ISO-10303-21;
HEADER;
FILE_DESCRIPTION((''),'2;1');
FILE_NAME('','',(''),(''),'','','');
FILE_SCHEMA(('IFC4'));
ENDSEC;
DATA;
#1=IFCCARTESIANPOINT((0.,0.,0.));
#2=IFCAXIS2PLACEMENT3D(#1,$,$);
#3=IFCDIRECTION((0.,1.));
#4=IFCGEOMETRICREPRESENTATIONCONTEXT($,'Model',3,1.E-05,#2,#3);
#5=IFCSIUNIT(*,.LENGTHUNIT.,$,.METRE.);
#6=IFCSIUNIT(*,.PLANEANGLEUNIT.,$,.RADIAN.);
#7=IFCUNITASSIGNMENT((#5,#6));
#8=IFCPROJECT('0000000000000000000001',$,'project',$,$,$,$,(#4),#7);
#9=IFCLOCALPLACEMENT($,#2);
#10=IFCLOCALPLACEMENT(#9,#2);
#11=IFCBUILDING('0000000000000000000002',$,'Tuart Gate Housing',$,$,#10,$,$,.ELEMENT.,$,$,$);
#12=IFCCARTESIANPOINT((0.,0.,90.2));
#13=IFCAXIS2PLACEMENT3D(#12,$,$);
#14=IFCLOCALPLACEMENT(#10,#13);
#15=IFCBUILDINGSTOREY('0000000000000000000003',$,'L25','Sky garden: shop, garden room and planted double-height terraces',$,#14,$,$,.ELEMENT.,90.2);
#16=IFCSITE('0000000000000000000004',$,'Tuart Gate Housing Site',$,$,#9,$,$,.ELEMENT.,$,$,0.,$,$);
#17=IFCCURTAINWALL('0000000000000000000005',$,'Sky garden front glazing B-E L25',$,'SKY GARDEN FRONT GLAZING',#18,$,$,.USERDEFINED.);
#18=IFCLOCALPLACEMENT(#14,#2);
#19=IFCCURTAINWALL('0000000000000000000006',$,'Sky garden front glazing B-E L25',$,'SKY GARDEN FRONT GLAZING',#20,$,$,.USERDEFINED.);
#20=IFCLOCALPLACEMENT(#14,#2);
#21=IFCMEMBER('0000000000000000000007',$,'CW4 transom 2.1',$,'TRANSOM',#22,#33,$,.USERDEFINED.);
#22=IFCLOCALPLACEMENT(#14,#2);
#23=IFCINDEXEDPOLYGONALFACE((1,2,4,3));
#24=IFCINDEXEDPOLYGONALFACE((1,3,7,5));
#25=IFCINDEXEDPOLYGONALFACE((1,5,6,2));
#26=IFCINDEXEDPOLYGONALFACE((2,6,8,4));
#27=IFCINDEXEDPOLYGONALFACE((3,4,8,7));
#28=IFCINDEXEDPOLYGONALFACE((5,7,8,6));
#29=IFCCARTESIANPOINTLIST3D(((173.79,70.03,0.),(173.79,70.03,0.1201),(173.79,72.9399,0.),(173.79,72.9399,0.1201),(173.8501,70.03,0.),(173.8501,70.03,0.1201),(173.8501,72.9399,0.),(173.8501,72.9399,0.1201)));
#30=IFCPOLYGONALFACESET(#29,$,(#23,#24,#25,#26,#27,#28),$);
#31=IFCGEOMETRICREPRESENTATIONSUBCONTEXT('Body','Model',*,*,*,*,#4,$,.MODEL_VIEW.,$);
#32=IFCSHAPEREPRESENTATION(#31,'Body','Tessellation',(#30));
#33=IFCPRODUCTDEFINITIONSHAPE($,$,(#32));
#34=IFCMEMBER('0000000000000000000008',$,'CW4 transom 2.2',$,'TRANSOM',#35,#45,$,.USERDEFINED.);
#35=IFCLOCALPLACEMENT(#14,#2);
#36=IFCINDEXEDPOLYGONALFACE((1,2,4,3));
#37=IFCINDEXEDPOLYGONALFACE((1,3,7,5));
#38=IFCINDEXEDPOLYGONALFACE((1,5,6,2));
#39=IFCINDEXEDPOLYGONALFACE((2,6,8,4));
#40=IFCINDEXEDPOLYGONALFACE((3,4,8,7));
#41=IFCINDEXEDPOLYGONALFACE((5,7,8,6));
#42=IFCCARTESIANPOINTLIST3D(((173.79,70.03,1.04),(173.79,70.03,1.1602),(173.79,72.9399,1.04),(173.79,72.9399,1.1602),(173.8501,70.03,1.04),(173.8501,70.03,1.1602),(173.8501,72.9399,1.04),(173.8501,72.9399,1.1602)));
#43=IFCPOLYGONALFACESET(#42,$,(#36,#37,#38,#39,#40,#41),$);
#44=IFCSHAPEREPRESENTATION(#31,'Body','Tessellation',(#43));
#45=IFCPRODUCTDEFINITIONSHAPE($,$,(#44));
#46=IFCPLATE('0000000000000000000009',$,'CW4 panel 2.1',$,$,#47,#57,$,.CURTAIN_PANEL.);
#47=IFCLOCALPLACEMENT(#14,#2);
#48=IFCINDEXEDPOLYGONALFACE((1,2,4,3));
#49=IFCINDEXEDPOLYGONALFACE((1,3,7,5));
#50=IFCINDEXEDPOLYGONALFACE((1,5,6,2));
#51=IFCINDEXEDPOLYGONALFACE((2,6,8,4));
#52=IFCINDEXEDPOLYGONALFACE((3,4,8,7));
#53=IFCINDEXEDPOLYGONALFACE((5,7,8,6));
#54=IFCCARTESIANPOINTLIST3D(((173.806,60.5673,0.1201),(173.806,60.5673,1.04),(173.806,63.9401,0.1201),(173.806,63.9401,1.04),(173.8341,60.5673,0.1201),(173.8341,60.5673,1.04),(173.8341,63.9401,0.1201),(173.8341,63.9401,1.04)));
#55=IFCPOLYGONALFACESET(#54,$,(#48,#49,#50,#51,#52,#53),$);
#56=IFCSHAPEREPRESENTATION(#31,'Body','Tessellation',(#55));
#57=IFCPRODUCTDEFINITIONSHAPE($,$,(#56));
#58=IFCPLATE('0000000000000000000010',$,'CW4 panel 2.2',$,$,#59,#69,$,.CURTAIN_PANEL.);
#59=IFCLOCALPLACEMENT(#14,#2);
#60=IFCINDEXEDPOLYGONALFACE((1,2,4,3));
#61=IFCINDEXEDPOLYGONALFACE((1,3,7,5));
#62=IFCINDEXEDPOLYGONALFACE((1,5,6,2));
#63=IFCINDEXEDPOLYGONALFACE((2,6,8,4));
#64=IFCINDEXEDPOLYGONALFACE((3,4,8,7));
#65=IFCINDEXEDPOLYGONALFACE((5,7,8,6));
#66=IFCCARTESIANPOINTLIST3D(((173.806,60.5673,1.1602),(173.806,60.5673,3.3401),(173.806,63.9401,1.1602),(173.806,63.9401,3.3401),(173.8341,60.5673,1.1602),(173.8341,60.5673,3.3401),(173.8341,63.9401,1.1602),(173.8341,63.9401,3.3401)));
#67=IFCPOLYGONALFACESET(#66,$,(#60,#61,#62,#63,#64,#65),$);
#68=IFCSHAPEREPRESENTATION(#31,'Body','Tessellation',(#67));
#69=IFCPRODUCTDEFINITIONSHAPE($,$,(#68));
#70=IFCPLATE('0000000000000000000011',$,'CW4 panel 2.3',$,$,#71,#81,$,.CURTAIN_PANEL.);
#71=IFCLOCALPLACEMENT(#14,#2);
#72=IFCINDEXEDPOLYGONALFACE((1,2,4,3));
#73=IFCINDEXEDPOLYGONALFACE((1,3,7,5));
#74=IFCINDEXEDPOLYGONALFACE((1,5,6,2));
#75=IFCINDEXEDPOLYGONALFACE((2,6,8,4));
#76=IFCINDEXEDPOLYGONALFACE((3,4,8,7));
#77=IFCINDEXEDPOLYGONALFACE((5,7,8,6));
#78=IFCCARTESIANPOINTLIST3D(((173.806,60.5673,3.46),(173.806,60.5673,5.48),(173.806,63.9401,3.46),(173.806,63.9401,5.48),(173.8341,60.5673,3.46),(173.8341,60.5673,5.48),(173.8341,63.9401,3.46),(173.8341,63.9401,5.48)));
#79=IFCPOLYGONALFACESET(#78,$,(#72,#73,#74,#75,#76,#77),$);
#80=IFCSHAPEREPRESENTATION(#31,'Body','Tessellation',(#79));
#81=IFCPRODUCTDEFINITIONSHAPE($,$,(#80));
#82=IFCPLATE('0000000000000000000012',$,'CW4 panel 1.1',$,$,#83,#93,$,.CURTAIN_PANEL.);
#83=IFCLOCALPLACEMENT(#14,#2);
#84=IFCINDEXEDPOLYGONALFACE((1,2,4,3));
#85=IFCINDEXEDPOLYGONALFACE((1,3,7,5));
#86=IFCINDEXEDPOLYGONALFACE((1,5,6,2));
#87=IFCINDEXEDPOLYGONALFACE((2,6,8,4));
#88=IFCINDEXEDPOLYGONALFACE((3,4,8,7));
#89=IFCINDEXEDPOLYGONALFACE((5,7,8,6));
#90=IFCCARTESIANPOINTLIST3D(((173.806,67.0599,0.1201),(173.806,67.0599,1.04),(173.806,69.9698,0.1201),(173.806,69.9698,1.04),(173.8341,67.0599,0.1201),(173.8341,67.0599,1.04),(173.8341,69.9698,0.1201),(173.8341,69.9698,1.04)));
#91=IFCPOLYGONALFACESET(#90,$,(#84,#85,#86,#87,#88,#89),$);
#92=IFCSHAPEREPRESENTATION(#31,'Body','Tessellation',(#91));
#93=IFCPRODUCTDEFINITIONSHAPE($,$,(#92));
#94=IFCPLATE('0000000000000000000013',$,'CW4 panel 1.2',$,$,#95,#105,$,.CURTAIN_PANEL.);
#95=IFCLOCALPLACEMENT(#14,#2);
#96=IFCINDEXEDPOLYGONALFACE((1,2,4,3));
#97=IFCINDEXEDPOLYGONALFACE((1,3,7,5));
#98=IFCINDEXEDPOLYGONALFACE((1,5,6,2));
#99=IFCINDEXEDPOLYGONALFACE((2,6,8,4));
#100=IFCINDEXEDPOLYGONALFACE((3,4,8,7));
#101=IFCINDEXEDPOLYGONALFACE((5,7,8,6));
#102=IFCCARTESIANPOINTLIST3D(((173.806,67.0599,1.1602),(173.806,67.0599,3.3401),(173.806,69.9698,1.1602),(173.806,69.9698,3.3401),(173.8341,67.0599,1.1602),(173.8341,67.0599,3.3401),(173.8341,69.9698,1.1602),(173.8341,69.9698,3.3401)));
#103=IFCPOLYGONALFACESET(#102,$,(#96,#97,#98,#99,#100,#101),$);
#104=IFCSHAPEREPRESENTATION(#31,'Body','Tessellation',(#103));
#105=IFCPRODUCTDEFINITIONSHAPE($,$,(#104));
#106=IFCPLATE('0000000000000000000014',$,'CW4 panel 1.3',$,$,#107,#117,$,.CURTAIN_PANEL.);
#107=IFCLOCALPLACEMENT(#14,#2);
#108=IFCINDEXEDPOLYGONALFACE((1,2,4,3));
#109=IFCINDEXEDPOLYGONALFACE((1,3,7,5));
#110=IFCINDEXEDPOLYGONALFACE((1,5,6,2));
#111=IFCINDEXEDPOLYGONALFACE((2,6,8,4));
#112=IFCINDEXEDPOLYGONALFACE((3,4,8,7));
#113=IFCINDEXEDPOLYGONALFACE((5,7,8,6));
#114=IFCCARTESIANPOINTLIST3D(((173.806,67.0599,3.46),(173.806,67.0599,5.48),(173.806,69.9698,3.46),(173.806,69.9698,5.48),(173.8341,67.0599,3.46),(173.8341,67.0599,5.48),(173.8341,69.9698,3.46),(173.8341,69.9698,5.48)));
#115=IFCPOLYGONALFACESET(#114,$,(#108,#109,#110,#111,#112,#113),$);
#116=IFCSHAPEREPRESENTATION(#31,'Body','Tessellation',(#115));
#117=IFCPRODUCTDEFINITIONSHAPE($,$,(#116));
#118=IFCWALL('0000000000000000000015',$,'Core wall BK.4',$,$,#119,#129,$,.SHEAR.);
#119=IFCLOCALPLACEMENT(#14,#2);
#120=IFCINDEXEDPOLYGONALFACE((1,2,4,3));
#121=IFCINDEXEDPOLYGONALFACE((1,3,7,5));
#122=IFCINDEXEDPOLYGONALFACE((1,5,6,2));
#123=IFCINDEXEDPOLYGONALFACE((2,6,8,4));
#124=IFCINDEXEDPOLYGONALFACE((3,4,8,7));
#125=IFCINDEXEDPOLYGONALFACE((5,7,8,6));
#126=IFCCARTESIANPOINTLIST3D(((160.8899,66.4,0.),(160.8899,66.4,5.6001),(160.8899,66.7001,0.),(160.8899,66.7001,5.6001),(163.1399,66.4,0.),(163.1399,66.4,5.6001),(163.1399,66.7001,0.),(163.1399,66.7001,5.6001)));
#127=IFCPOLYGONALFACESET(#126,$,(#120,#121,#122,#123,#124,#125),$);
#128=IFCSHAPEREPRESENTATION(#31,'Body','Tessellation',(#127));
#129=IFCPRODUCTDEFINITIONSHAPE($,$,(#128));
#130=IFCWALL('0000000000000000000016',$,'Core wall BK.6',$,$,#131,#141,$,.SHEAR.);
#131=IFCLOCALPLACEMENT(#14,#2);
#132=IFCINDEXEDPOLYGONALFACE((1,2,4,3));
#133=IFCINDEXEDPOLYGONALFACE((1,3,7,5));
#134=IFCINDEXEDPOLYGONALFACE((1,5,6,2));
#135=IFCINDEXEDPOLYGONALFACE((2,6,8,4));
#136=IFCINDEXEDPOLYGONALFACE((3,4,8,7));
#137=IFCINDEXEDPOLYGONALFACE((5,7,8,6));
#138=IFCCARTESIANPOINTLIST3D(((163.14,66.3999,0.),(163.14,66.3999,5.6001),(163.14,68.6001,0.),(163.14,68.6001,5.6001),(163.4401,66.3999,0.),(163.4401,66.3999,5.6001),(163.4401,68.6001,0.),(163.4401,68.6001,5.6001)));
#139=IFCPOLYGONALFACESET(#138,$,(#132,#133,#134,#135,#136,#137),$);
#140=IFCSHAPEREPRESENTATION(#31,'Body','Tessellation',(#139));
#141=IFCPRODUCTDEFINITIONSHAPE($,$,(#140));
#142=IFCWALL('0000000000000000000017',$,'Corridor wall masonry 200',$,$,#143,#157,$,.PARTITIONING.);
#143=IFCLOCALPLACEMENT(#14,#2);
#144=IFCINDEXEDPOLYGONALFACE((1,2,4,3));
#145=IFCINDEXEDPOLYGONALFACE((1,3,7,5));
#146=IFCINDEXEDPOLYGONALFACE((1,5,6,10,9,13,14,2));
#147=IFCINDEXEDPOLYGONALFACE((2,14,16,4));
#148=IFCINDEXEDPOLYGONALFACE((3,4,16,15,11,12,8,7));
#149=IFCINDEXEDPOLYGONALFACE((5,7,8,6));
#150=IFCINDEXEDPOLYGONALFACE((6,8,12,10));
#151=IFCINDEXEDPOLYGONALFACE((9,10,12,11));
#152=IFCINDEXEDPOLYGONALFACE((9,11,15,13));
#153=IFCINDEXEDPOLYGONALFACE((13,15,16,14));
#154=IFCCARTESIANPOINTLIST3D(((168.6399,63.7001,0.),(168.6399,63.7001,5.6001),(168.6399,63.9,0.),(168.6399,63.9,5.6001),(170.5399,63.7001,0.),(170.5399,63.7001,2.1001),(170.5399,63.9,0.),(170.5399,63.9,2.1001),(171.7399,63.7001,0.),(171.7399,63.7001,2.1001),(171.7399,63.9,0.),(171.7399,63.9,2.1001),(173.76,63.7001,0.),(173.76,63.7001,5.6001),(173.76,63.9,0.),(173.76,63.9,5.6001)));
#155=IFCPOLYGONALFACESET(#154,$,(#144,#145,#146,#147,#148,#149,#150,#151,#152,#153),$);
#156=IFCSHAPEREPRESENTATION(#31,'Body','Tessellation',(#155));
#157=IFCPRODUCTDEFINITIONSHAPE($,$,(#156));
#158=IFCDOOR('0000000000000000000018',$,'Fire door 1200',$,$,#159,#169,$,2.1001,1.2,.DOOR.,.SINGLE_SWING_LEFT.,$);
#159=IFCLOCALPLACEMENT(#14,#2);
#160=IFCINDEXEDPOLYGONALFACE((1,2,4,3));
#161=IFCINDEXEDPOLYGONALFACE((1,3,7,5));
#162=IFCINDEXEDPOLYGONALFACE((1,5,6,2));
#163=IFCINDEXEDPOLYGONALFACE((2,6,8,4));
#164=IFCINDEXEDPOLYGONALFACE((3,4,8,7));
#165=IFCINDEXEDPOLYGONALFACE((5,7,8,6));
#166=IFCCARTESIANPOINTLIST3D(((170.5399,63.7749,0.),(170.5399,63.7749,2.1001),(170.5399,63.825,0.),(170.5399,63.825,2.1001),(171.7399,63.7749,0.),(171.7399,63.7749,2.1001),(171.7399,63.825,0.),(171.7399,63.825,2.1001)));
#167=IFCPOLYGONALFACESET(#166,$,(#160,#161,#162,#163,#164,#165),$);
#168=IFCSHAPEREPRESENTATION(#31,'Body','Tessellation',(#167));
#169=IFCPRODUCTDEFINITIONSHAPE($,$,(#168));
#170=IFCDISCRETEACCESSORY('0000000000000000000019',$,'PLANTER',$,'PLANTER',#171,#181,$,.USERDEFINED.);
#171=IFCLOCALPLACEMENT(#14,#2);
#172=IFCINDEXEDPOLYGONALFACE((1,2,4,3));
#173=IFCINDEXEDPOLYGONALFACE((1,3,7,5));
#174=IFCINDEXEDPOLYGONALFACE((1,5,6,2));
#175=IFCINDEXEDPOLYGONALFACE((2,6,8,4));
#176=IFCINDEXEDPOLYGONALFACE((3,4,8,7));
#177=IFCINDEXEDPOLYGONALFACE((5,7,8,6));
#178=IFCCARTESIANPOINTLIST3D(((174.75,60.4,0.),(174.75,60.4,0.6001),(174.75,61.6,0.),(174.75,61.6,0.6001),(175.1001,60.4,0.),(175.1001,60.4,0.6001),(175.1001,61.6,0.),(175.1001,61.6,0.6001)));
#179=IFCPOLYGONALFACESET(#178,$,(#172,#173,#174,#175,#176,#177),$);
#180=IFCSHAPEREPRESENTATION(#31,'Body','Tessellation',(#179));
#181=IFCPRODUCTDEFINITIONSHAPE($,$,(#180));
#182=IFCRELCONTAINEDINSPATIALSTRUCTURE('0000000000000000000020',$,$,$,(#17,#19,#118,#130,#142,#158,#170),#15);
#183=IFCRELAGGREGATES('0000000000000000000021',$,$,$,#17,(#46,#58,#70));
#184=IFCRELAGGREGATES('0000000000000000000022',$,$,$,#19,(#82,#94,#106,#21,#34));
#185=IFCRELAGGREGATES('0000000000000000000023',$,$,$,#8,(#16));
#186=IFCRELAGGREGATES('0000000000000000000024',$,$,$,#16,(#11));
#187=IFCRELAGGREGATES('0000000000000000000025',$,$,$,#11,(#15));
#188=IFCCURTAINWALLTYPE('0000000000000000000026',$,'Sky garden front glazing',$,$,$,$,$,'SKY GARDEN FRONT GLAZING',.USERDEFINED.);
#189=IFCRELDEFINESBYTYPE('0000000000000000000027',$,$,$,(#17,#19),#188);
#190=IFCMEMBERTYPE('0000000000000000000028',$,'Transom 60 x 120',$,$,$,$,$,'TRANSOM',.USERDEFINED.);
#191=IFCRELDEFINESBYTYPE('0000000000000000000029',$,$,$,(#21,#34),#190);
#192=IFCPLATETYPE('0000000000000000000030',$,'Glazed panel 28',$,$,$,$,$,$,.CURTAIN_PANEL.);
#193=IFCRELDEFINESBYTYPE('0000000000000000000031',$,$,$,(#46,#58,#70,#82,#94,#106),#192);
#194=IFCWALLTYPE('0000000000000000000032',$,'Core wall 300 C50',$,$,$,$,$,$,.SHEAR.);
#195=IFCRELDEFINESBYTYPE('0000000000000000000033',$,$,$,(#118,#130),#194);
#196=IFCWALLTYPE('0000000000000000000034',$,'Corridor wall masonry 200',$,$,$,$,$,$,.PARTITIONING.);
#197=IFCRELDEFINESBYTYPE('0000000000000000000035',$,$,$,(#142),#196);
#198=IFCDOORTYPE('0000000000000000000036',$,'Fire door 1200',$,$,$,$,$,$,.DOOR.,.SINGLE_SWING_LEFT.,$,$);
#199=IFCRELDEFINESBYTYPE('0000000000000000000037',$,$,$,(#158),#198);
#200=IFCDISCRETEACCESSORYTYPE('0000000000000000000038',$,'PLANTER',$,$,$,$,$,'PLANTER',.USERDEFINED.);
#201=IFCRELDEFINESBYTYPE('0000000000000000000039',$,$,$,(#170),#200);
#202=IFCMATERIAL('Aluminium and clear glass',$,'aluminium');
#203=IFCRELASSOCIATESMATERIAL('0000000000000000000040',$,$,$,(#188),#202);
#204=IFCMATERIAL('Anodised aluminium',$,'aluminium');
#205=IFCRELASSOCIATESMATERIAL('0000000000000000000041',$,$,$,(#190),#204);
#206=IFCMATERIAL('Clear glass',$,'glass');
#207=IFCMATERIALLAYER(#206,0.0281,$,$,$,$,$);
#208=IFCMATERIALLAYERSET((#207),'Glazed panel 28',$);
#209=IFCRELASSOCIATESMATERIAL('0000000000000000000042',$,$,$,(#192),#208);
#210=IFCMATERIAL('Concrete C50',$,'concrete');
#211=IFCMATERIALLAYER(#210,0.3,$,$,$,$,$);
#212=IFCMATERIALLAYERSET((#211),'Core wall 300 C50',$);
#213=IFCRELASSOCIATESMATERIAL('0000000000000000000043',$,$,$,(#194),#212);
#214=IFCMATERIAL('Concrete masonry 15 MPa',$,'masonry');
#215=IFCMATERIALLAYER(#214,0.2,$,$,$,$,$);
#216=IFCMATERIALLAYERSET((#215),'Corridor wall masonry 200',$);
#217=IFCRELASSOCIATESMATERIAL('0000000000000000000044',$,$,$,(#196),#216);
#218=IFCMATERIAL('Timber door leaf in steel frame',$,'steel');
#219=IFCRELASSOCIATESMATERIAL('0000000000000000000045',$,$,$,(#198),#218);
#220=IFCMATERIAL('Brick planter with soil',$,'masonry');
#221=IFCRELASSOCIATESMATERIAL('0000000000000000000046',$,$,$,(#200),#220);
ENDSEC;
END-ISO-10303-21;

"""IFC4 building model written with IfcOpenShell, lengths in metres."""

from ifc_helpers import new_model, si_unit, direction, frame, frame_2d, origin, origin_2d, place, context, subcontext, project, spatial, rectangle, extrude, material, layer, layer_set, material_profile, profile_set, type_object, element, fill, aggregate, save


model = new_model("IFC4")

# Units and contexts
model_context = context("Model", 3, precision=1e-05, world=origin(), true_north=direction((0.0, 1.0)))
body_context = subcontext(model_context, "Body", "Model", "MODEL_VIEW")
ifc_project = project(units=[si_unit("LENGTHUNIT", "METRE"), si_unit("PLANEANGLEUNIT", "RADIAN")], contexts=[model_context])

# Site, building, storey
site_placement = place(None, origin())
site = spatial("IfcSite", under=ifc_project, at=site_placement, Name="Tuart Gate Housing Site", CompositionType="ELEMENT", RefElevation=0.0)
building_placement = place(site_placement, origin())
building = spatial("IfcBuilding", under=site, at=building_placement, Name="Tuart Gate Housing", CompositionType="ELEMENT")
storey_placement = place(building_placement, frame((0.0, 0.0, 90.2)))
storey = spatial("IfcBuildingStorey", under=building, at=storey_placement, Name="L25", Description="Sky garden: shop, garden room and planted double-height terraces", CompositionType="ELEMENT", Elevation=90.2)

# Curtain walls
ifc_material_1 = material(Name="Aluminium and clear glass", Category="aluminium")
curtain_wall_type = type_object("IfcCurtainWallType", Name="Sky garden front glazing", ElementType="SKY GARDEN FRONT GLAZING", PredefinedType="USERDEFINED", material=ifc_material_1)
curtain_wall_1_placement = place(storey_placement, origin())
curtain_wall_1 = element("IfcCurtainWall", 1, at=curtain_wall_1_placement, inside=storey, type_object=curtain_wall_type, Name="Sky garden front glazing B-E L25", ObjectType="SKY GARDEN FRONT GLAZING", PredefinedType="USERDEFINED")
curtain_wall_2_placement = place(storey_placement, origin())
curtain_wall_2 = element("IfcCurtainWall", 2, at=curtain_wall_2_placement, inside=storey, type_object=curtain_wall_type, Name="Sky garden front glazing B-E L25", ObjectType="SKY GARDEN FRONT GLAZING", PredefinedType="USERDEFINED")

# Members
ifc_material_2 = material(Name="Anodised aluminium", Category="aluminium")
ifc_material_profile_1 = material_profile(ifc_material_2, rectangle(XDim=0.0601, YDim=0.1201, at=origin_2d()), Name="60x120")
ifc_profile_set_1 = profile_set([ifc_material_profile_1], Name="Anodised aluminium")
member_type_1 = type_object("IfcMemberType", Name="Transom 60 x 120", ElementType="TRANSOM", PredefinedType="USERDEFINED", material=ifc_profile_set_1)
member_1_placement = place(storey_placement, frame((173.8201, 70.03, 0.0601), z_axis=(0.0, 1.0, 0.0), x_axis=(-1.0, 0.0, 0.0)))
member_1 = element("IfcMember", 3, at=member_1_placement, type_object=member_type_1, Name="CW4 transom 2.1", ObjectType="TRANSOM", PredefinedType="USERDEFINED", context=body_context, shape_type="SweptSolid", body=[
    extrude(rectangle(XDim=0.0601, YDim=0.1201, at=origin_2d()), origin(), (0.0, 0.0, 1.0), 2.9099),
])
member_2_placement = place(storey_placement, frame((173.8201, 70.03, 1.1001), z_axis=(0.0, 1.0, 0.0), x_axis=(-1.0, 0.0, 0.0)))
member_2 = element("IfcMember", 4, at=member_2_placement, type_object=member_type_1, Name="CW4 transom 2.2", ObjectType="TRANSOM", PredefinedType="USERDEFINED", context=body_context, shape_type="SweptSolid", body=[
    extrude(rectangle(XDim=0.0601, YDim=0.1201, at=origin_2d()), origin(), (0.0, 0.0, 1.0), 2.9099),
])

# Plates
ifc_material_3 = material(Name="Clear glass", Category="glass")
ifc_layer_1 = layer(ifc_material_3, 0.0281)
ifc_layer_set_1 = layer_set([ifc_layer_1], Name="Glazed panel 28")
plate_type = type_object("IfcPlateType", Name="Glazed panel 28", PredefinedType="CURTAIN_PANEL", material=ifc_layer_set_1)
plate_1_placement = place(storey_placement, frame((173.8201, 62.2537, 0.1201), z_axis=(0.0, 0.0, 1.0), x_axis=(0.0, 1.0, 0.0)))
plate_1 = element("IfcPlate", 5, at=plate_1_placement, type_object=plate_type, Name="CW4 panel 2.1", PredefinedType="CURTAIN_PANEL", context=body_context, shape_type="SweptSolid", body=[
    extrude(rectangle(XDim=3.3728, YDim=0.0281, at=origin_2d()), origin(), (0.0, 0.0, 1.0), 0.9199),
])
plate_2_placement = place(storey_placement, frame((173.8201, 62.2537, 1.1602), z_axis=(0.0, 0.0, 1.0), x_axis=(0.0, 1.0, 0.0)))
plate_2 = element("IfcPlate", 6, at=plate_2_placement, type_object=plate_type, Name="CW4 panel 2.2", PredefinedType="CURTAIN_PANEL", context=body_context, shape_type="SweptSolid", body=[
    extrude(rectangle(XDim=3.3728, YDim=0.0281, at=origin_2d()), origin(), (0.0, 0.0, 1.0), 2.1799),
])
plate_3_placement = place(storey_placement, frame((173.8201, 62.2537, 3.46), z_axis=(0.0, 0.0, 1.0), x_axis=(0.0, 1.0, 0.0)))
plate_3 = element("IfcPlate", 7, at=plate_3_placement, type_object=plate_type, Name="CW4 panel 2.3", PredefinedType="CURTAIN_PANEL", context=body_context, shape_type="SweptSolid", body=[
    extrude(rectangle(XDim=3.3728, YDim=0.0281, at=origin_2d()), origin(), (0.0, 0.0, 1.0), 2.02),
])
aggregate(curtain_wall_1, [plate_1, plate_2, plate_3])
plate_4_placement = place(storey_placement, frame((173.8201, 68.5149, 0.1201), z_axis=(0.0, 0.0, 1.0), x_axis=(0.0, 1.0, 0.0)))
plate_4 = element("IfcPlate", 8, at=plate_4_placement, type_object=plate_type, Name="CW4 panel 1.1", PredefinedType="CURTAIN_PANEL", context=body_context, shape_type="SweptSolid", body=[
    extrude(rectangle(XDim=2.9099, YDim=0.0281, at=origin_2d()), origin(), (0.0, 0.0, 1.0), 0.9199),
])
plate_5_placement = place(storey_placement, frame((173.8201, 68.5149, 1.1602), z_axis=(0.0, 0.0, 1.0), x_axis=(0.0, 1.0, 0.0)))
plate_5 = element("IfcPlate", 9, at=plate_5_placement, type_object=plate_type, Name="CW4 panel 1.2", PredefinedType="CURTAIN_PANEL", context=body_context, shape_type="SweptSolid", body=[
    extrude(rectangle(XDim=2.9099, YDim=0.0281, at=origin_2d()), origin(), (0.0, 0.0, 1.0), 2.1799),
])
plate_6_placement = place(storey_placement, frame((173.8201, 68.5149, 3.46), z_axis=(0.0, 0.0, 1.0), x_axis=(0.0, 1.0, 0.0)))
plate_6 = element("IfcPlate", 10, at=plate_6_placement, type_object=plate_type, Name="CW4 panel 1.3", PredefinedType="CURTAIN_PANEL", context=body_context, shape_type="SweptSolid", body=[
    extrude(rectangle(XDim=2.9099, YDim=0.0281, at=origin_2d()), origin(), (0.0, 0.0, 1.0), 2.02),
])
aggregate(curtain_wall_2, [plate_4, plate_5, plate_6, member_1, member_2])

# Walls
ifc_material_4 = material(Name="Concrete C50", Category="concrete")
ifc_layer_2 = layer(ifc_material_4, 0.3)
ifc_layer_set_2 = layer_set([ifc_layer_2], Name="Core wall 300 C50")
wall_type_1 = type_object("IfcWallType", Name="Core wall 300 C50", PredefinedType="SHEAR", material=ifc_layer_set_2)
wall_1_placement = place(storey_placement, frame((160.8899, 66.55, 0.0), z_axis=(0.0, 0.0, 1.0), x_axis=(1.0, 0.0, 0.0)))
element("IfcWall", 11, at=wall_1_placement, inside=storey, type_object=wall_type_1, Name="Core wall BK.4", PredefinedType="SHEAR", context=body_context, shape_type="SweptSolid", body=[
    extrude(rectangle(XDim=2.25, YDim=0.3, at=frame_2d((1.125, 0.0))), origin(), (0.0, 0.0, 1.0), 5.6001),
])
wall_2_placement = place(storey_placement, frame((163.29, 68.6001, 0.0), z_axis=(0.0, 0.0, 1.0), x_axis=(0.0, -1.0, 0.0)))
element("IfcWall", 12, at=wall_2_placement, inside=storey, type_object=wall_type_1, Name="Core wall BK.6", PredefinedType="SHEAR", context=body_context, shape_type="SweptSolid", body=[
    extrude(rectangle(XDim=2.2002, YDim=0.3, at=frame_2d((1.1001, 0.0))), origin(), (0.0, 0.0, 1.0), 5.6001),
])

# Wall, opening, door
ifc_material_5 = material(Name="Concrete masonry 15 MPa", Category="masonry")
ifc_layer_3 = layer(ifc_material_5, 0.2)
ifc_layer_set_3 = layer_set([ifc_layer_3], Name="Corridor wall masonry 200")
wall_type_2 = type_object("IfcWallType", Name="Corridor wall masonry 200", PredefinedType="PARTITIONING", material=ifc_layer_set_3)
wall_3_placement = place(storey_placement, frame((168.6399, 63.8, 0.0), z_axis=(0.0, 0.0, 1.0), x_axis=(1.0, 0.0, 0.0)))
wall_3 = element("IfcWall", 13, at=wall_3_placement, inside=storey, type_object=wall_type_2, Name="Corridor wall masonry 200", PredefinedType="PARTITIONING", context=body_context, shape_type="SweptSolid", body=[
    extrude(rectangle(XDim=5.1201, YDim=0.2, at=frame_2d((2.5601, 0.0))), origin(), (0.0, 0.0, 1.0), 5.6001),
])
opening_1_placement = place(wall_3_placement, frame((1.8999, 0.0, 0.0)))
opening_1 = element("IfcOpeningElement", 14, at=opening_1_placement, cuts=wall_3, PredefinedType="OPENING", context=body_context, shape_type="SweptSolid", body=[
    extrude(rectangle(XDim=1.2, YDim=2.1001, at=frame_2d((0.6001, 1.05))), frame((0.0, 0.1099, 0.0), z_axis=(0.0, -1.0, 0.0), x_axis=(1.0, 0.0, 0.0)), (0.0, 0.0, 1.0), 0.22),
])
ifc_material_6 = material(Name="Timber door leaf in steel frame", Category="steel")
door_type_1 = type_object("IfcDoorType", Name="Fire door 1200", OperationType="SINGLE_SWING_LEFT", PredefinedType="DOOR", material=ifc_material_6)
door_1_placement = place(opening_1_placement, origin())
door_1 = element("IfcDoor", 15, at=door_1_placement, inside=storey, type_object=door_type_1, Name="Fire door 1200", OperationType="SINGLE_SWING_LEFT", OverallHeight=2.1001, OverallWidth=1.2, PredefinedType="DOOR", context=body_context, shape_type="SweptSolid", body=[
    extrude(rectangle(XDim=1.2, YDim=2.1001, at=frame_2d((0.6001, 1.05))), frame((0.0, 0.0249, 0.0), z_axis=(0.0, -1.0, 0.0), x_axis=(1.0, 0.0, 0.0)), (0.0, 0.0, 1.0), 0.05),
])
fill(opening_1, door_1)

# Discrete accessory
ifc_material_7 = material(Name="Brick planter with soil", Category="masonry")
discrete_accessory_type = type_object("IfcDiscreteAccessoryType", Name="PLANTER", ElementType="PLANTER", PredefinedType="USERDEFINED", material=ifc_material_7)
discrete_accessory_placement = place(storey_placement, frame((174.925, 61.0, 0.0), z_axis=(0.0, 0.0, 1.0), x_axis=(1.0, 0.0, 0.0)))
element("IfcDiscreteAccessory", 16, at=discrete_accessory_placement, inside=storey, type_object=discrete_accessory_type, Name="PLANTER", ObjectType="PLANTER", PredefinedType="USERDEFINED", context=body_context, shape_type="SweptSolid", body=[
    extrude(rectangle(XDim=0.3501, YDim=1.2, at=origin_2d()), origin(), (0.0, 0.0, 1.0), 0.6001),
])

save(model, "model.ifc")
